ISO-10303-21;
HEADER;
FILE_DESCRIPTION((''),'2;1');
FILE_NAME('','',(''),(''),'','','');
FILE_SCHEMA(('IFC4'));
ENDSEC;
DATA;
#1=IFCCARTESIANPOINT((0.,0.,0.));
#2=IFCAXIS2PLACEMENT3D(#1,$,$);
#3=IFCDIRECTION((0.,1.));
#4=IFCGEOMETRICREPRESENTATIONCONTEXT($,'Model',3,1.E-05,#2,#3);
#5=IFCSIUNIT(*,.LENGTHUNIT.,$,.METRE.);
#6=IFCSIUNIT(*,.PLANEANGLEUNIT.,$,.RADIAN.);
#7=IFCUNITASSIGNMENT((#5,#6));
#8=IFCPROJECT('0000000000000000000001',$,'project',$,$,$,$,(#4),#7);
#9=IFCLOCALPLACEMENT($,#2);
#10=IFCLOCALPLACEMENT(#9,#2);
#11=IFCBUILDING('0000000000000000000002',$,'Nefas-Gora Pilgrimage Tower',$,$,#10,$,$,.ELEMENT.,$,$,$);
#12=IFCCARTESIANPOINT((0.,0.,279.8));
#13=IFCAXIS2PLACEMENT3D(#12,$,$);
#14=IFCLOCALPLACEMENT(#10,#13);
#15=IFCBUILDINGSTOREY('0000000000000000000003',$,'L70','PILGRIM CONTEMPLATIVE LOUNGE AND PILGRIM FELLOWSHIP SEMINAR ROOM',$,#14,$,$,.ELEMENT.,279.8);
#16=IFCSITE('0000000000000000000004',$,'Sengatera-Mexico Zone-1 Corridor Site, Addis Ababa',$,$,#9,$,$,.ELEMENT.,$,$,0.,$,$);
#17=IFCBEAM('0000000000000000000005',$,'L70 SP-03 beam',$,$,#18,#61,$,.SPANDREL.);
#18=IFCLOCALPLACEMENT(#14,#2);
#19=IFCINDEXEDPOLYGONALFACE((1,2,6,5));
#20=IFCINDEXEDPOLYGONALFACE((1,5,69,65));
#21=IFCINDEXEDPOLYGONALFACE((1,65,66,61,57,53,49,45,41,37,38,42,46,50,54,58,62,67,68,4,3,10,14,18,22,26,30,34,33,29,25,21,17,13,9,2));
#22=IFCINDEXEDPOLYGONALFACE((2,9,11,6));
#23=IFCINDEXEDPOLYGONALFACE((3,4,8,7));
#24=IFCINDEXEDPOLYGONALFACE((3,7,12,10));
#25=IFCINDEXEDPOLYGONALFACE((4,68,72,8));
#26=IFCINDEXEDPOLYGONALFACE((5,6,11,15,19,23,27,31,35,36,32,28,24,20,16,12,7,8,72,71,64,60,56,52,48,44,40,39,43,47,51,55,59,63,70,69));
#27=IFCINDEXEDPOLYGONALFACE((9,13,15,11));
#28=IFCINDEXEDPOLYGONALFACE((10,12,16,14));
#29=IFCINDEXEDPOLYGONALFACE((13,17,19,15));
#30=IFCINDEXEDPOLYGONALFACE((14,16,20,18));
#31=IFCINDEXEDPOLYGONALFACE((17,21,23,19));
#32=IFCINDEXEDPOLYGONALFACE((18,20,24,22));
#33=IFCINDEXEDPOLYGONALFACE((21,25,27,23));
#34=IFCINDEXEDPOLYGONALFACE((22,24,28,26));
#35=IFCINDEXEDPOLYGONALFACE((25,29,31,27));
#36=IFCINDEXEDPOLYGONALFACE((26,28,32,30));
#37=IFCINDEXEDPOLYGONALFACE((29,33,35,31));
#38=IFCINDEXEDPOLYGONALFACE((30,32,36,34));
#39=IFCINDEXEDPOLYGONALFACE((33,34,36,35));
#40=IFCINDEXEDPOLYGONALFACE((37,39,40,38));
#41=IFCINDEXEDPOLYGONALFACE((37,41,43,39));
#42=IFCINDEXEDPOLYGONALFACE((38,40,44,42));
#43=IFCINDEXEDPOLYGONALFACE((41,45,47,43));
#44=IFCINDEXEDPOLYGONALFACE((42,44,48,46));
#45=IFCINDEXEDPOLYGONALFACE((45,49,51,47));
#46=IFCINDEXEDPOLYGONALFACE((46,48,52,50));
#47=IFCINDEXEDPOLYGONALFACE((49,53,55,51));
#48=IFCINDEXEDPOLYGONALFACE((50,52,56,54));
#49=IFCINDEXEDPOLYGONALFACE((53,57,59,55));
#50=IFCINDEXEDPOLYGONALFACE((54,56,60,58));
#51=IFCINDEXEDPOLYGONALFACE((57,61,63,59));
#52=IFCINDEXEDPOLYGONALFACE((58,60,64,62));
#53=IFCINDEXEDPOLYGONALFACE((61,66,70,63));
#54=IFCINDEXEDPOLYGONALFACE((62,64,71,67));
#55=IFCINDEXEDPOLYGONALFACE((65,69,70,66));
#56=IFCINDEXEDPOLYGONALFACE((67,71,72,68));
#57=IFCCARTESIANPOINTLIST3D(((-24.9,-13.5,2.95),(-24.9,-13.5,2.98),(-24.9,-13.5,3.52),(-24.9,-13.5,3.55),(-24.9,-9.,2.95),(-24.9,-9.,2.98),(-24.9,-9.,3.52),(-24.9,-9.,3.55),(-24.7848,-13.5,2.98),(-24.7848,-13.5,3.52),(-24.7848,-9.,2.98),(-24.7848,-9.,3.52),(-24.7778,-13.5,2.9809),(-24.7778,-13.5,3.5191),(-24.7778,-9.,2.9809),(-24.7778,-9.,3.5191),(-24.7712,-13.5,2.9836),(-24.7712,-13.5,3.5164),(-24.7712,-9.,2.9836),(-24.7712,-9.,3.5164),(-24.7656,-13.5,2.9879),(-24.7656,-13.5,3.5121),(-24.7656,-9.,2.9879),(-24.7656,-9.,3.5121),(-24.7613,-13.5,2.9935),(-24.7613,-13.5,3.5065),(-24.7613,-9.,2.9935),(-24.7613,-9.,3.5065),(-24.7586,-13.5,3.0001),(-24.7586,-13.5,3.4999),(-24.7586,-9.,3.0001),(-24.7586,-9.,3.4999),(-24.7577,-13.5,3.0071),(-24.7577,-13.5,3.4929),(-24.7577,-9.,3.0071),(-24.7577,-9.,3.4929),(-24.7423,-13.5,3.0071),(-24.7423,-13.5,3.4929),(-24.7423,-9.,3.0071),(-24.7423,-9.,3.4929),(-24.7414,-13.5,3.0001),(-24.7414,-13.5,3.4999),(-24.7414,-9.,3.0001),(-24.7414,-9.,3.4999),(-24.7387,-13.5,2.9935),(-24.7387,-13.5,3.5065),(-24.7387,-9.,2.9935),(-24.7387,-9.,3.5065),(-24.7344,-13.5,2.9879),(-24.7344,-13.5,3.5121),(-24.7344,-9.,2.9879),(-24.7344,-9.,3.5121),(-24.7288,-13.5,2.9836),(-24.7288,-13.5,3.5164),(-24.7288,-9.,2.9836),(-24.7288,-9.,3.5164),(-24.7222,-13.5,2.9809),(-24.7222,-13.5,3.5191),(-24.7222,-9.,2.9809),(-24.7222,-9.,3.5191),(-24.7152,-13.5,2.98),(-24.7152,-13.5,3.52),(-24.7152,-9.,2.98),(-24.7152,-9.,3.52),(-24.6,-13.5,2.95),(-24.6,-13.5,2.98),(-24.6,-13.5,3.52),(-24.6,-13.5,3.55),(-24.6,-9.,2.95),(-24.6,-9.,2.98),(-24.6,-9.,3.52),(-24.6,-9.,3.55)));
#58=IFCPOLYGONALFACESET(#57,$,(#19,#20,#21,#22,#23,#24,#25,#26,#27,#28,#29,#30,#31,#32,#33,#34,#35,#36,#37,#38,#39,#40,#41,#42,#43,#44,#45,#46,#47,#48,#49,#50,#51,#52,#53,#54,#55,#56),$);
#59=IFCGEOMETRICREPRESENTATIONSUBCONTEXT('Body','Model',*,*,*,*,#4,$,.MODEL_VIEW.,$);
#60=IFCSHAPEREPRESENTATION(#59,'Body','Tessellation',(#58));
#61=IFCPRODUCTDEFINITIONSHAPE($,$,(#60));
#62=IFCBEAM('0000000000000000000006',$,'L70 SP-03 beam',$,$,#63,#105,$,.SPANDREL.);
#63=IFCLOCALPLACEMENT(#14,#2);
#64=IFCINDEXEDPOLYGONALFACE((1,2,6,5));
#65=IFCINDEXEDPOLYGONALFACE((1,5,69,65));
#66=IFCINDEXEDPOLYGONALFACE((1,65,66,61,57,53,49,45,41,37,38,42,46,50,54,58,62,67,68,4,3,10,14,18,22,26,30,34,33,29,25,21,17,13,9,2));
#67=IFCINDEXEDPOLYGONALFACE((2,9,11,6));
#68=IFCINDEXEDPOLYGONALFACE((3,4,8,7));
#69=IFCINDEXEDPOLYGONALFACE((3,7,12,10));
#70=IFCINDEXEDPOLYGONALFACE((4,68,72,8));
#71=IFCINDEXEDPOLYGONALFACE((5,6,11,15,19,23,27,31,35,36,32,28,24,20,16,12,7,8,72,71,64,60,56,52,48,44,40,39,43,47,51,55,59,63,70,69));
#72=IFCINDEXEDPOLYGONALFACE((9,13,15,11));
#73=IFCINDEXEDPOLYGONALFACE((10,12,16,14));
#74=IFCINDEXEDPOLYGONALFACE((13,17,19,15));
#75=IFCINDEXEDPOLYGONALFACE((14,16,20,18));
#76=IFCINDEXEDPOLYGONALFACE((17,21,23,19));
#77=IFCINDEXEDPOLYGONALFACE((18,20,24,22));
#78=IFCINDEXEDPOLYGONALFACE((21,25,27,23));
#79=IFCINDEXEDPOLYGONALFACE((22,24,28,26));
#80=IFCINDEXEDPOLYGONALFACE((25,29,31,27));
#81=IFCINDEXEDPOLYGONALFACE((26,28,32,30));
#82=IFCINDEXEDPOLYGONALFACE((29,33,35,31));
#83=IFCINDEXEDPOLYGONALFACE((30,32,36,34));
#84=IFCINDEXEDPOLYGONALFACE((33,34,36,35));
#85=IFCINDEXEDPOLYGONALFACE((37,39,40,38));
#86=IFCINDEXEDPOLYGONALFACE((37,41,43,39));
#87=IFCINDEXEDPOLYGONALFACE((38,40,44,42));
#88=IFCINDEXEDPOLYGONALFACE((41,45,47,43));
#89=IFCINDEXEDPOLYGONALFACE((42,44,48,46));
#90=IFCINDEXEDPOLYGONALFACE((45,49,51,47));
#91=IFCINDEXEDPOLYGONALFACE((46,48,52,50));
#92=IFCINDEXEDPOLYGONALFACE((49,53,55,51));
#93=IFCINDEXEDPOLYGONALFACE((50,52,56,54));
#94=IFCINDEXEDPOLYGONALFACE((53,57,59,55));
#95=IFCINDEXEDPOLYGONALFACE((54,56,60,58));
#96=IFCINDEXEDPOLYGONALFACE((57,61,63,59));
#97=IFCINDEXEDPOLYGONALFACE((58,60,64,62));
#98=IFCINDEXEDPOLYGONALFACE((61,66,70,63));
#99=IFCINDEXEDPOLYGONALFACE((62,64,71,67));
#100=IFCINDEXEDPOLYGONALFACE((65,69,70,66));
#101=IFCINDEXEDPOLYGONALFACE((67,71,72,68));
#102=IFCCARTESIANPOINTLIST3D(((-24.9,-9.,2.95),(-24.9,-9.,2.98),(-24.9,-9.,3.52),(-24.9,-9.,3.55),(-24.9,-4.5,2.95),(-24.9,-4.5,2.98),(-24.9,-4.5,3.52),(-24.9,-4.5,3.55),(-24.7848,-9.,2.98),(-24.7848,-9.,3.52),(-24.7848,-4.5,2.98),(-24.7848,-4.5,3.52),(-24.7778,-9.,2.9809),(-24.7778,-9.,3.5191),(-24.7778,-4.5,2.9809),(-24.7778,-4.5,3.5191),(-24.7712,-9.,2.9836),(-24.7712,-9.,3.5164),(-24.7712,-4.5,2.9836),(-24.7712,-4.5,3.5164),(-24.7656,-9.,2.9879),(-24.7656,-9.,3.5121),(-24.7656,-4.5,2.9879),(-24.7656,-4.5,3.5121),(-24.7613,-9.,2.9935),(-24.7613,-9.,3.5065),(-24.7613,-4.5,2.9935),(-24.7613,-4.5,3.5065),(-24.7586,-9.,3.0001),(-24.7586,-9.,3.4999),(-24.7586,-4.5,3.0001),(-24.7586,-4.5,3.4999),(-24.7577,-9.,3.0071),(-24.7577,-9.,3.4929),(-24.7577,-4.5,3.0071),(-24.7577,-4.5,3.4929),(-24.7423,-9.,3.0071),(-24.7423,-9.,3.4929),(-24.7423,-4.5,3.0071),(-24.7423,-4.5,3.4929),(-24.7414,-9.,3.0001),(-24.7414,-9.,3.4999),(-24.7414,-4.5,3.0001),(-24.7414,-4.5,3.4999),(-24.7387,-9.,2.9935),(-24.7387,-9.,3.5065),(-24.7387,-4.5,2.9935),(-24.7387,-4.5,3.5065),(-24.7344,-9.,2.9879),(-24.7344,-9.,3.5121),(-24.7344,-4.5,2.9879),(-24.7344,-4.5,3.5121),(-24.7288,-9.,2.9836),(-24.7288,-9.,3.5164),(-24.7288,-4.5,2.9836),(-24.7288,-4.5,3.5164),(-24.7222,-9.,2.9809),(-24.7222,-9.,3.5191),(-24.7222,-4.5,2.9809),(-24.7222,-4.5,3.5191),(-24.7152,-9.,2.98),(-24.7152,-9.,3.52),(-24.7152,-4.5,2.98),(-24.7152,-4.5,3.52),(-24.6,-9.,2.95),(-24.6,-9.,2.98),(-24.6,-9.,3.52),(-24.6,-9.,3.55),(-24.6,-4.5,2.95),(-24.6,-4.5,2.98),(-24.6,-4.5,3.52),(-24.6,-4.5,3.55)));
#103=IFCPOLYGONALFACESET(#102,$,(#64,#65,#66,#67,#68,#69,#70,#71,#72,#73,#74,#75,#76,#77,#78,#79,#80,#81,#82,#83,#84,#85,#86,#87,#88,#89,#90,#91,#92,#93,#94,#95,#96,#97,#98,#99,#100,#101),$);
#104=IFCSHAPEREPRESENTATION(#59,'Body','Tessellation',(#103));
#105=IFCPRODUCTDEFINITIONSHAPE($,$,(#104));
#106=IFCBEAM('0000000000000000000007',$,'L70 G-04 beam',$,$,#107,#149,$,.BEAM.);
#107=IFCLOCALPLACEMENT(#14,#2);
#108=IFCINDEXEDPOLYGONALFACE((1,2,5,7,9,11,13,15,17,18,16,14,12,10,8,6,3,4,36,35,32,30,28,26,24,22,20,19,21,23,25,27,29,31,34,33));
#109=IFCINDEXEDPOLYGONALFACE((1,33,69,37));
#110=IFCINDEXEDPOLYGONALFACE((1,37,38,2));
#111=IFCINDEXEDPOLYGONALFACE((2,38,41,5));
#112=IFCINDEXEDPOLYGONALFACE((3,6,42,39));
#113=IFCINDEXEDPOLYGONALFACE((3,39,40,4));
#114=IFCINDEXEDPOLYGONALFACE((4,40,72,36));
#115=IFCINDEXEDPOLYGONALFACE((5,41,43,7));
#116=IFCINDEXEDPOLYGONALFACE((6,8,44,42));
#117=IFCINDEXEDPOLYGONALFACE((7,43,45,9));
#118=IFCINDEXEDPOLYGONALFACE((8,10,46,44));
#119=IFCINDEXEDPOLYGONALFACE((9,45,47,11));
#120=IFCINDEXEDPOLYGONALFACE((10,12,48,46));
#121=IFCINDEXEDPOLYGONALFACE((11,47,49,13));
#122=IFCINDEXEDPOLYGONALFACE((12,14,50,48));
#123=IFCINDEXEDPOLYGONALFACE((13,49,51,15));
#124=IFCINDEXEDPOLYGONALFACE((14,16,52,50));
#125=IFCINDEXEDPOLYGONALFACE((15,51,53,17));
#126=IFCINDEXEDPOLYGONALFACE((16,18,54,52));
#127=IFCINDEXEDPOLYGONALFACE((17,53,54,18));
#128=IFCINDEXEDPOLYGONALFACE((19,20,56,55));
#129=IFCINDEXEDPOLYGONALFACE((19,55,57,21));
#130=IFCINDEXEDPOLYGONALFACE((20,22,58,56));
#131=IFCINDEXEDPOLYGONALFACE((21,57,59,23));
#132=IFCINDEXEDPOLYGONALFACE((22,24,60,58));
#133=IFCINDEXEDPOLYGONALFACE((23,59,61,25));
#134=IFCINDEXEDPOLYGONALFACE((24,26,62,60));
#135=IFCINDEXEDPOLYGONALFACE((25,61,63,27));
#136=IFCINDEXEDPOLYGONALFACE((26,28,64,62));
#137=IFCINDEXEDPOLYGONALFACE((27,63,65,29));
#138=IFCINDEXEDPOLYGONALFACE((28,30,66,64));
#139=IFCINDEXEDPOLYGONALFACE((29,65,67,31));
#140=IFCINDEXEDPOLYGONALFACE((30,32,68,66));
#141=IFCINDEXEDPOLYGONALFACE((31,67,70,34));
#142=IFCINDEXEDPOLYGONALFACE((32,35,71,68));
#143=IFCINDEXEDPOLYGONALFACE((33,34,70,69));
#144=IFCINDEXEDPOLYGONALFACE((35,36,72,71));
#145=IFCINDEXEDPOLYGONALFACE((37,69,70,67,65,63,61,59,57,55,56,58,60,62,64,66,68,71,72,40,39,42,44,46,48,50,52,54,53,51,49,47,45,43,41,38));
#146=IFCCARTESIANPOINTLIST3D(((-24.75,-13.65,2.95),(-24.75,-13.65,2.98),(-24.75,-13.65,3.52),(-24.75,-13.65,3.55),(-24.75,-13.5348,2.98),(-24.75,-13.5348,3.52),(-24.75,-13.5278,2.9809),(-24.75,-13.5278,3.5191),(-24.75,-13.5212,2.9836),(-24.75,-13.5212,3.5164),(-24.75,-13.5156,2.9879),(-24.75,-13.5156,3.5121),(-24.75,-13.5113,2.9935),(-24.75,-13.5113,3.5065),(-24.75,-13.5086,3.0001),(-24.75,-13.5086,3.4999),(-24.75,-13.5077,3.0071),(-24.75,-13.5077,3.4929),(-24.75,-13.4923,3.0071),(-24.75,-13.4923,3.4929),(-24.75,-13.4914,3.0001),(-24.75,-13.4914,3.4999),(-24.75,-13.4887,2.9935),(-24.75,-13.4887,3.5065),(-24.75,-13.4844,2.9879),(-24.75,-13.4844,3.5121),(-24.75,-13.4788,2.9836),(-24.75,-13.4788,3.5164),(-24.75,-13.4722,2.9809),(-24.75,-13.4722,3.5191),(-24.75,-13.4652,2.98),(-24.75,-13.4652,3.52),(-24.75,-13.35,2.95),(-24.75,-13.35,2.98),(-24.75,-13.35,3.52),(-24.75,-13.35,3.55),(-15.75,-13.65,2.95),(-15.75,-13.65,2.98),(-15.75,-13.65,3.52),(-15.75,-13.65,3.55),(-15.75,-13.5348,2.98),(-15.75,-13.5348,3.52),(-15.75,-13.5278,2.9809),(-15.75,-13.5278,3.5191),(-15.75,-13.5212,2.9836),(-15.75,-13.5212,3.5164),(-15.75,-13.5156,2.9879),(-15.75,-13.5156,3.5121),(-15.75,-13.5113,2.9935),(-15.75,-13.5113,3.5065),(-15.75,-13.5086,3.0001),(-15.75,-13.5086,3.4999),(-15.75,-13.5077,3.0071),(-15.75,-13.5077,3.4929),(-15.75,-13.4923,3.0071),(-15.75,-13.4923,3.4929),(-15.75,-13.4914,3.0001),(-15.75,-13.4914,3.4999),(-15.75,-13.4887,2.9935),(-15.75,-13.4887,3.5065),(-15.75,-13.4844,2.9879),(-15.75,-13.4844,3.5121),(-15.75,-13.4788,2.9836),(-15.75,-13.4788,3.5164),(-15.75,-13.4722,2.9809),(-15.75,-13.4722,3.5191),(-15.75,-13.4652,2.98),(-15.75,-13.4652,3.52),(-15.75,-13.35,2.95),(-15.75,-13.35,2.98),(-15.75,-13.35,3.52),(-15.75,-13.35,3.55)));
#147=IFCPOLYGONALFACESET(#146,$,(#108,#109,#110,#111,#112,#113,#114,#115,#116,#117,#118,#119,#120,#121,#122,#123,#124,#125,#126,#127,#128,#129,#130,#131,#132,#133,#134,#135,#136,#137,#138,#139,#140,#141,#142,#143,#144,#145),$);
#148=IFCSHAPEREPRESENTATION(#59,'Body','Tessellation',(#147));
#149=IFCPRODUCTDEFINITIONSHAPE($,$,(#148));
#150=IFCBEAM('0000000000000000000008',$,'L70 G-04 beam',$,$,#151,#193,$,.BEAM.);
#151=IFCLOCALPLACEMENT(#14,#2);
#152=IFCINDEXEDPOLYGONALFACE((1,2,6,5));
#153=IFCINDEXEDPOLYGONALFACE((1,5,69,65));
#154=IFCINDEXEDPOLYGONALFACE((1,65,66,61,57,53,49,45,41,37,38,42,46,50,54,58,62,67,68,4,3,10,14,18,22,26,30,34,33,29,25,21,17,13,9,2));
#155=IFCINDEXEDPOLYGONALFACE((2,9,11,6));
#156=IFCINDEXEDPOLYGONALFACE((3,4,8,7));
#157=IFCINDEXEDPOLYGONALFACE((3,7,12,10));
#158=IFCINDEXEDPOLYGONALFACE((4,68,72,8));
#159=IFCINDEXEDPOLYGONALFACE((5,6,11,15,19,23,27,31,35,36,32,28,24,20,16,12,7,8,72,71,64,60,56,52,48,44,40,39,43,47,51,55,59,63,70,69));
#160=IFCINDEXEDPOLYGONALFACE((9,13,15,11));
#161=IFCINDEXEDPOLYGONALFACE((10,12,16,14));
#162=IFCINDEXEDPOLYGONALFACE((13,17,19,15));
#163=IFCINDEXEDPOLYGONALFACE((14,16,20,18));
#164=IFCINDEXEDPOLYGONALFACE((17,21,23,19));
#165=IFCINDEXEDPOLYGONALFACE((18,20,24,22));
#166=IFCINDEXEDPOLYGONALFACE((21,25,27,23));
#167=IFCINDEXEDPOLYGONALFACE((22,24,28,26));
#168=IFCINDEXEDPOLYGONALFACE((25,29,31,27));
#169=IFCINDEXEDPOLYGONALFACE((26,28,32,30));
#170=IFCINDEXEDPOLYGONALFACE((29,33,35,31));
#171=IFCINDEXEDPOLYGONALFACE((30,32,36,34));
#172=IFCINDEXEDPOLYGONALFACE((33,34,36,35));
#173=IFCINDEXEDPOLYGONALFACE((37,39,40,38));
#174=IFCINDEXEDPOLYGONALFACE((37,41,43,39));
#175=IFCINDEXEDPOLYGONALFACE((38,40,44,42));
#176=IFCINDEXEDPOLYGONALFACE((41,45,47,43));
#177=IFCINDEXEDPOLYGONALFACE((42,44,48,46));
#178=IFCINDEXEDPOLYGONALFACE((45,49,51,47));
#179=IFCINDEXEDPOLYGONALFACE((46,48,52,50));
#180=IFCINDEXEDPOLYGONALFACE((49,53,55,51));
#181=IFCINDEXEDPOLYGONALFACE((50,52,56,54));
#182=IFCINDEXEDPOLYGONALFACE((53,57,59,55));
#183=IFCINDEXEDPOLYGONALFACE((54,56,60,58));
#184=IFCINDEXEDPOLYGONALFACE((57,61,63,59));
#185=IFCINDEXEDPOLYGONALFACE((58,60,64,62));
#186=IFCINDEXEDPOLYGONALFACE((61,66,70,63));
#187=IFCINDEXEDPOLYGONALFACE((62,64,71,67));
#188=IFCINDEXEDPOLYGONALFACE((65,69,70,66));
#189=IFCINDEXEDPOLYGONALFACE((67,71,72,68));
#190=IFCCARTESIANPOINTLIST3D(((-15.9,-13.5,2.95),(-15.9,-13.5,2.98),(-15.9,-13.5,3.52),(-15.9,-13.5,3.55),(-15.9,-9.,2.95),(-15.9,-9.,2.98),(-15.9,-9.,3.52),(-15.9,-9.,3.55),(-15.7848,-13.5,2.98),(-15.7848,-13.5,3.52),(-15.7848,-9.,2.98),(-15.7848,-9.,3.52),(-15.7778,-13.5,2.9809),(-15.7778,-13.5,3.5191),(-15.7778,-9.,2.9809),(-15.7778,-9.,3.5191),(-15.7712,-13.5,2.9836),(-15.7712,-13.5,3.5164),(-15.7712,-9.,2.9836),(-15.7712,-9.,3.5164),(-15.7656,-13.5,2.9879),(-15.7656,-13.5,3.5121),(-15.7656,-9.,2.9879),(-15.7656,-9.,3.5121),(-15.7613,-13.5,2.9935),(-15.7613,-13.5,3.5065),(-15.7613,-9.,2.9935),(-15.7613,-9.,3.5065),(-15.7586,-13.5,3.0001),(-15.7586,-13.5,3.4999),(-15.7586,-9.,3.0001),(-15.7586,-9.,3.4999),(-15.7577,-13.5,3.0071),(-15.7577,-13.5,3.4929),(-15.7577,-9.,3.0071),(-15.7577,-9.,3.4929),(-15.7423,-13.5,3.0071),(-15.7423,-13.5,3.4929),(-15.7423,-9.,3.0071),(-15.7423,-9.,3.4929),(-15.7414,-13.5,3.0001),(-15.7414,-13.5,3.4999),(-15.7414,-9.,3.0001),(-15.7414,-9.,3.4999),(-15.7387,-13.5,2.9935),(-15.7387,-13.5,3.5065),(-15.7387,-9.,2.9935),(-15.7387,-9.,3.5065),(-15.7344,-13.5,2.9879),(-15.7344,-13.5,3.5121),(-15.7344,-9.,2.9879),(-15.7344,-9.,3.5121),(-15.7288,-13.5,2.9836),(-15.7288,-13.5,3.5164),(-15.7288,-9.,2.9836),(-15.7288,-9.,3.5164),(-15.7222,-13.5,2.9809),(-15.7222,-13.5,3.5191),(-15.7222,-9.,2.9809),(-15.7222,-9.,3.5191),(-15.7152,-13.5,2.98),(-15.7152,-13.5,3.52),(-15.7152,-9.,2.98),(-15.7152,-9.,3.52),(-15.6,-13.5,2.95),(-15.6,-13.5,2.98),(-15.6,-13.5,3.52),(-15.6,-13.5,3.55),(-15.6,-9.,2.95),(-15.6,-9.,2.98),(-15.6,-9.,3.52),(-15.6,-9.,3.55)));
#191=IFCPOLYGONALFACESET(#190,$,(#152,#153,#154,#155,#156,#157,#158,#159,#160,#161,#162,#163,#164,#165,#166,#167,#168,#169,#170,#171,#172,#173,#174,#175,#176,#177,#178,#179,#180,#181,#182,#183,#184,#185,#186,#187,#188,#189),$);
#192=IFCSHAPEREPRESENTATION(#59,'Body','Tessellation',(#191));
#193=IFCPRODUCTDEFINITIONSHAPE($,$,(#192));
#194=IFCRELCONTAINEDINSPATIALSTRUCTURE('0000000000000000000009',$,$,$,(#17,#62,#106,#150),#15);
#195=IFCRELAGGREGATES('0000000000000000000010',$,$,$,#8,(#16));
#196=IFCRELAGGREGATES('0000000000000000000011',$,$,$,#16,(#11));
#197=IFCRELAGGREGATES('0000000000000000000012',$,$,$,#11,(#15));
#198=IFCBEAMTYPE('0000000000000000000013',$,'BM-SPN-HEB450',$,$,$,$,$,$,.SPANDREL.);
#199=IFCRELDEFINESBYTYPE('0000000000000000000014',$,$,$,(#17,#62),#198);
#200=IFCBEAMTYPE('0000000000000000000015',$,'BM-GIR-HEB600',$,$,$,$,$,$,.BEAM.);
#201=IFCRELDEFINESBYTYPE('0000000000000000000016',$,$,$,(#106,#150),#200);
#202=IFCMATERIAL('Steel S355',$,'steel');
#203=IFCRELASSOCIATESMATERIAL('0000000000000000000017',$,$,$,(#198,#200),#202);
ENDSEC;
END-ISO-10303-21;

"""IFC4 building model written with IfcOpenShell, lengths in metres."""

from ifc_helpers import new_model, si_unit, direction, frame, origin, origin_2d, place, context, subcontext, project, spatial, i_section, extrude, source, transform, mapped, material, material_profile, profile_set, type_object, element, save


model = new_model("IFC4")

# Units and contexts
model_context = context("Model", 3, precision=1e-05, world=origin(), true_north=direction((0.0, 1.0)))
body_context = subcontext(model_context, "Body", "Model", "MODEL_VIEW")
ifc_project = project(units=[si_unit("LENGTHUNIT", "METRE"), si_unit("PLANEANGLEUNIT", "RADIAN")], contexts=[model_context])

# Site, building, storey
site_placement = place(None, origin())
site = spatial("IfcSite", under=ifc_project, at=site_placement, Name="Sengatera-Mexico Zone-1 Corridor Site, Addis Ababa", CompositionType="ELEMENT", RefElevation=0.0)
building_placement = place(site_placement, origin())
building = spatial("IfcBuilding", under=site, at=building_placement, Name="Nefas-Gora Pilgrimage Tower", CompositionType="ELEMENT")
storey_placement = place(building_placement, frame((0.0, 0.0, 279.8)))
storey = spatial("IfcBuildingStorey", under=building, at=storey_placement, Name="L70", Description="PILGRIM CONTEMPLATIVE LOUNGE AND PILGRIM FELLOWSHIP SEMINAR ROOM", CompositionType="ELEMENT", Elevation=279.8)

# Shared definitions
ifc_material_1 = material(Name="Steel S355", Category="steel")

# Beams
ifc_material_profile_1 = material_profile(ifc_material_1, i_section(OverallWidth=0.3, OverallDepth=0.6001, WebThickness=0.0154, FlangeThickness=0.03, FilletRadius=0.0271, at=origin_2d()), Name="HEB 600")
ifc_profile_set_1 = profile_set([ifc_material_profile_1], Name="Steel S355")
beam_type_1 = type_object("IfcBeamType", Name="BM-SPN-HEB450", PredefinedType="SPANDREL", material=ifc_profile_set_1)
shared_shape_1 = source(origin(), body_context, "Body", "SweptSolid", [
    extrude(i_section(OverallWidth=0.3, OverallDepth=0.6001, WebThickness=0.0154, FlangeThickness=0.03, FilletRadius=0.0271, at=origin_2d()), origin(), (0.0, 0.0, 1.0), 4.5),
])
for number, where, z_axis, x_axis, name in (
    (1, (-24.75, -13.5, 3.25), (0.0, 1.0, 0.0), (-1.0, 0.0, 0.0), "L70 SP-03 beam"),
    (2, (-24.75, -9.0, 3.25), (0.0, 1.0, 0.0), (-1.0, 0.0, 0.0), "L70 SP-03 beam"),
):
    element("IfcBeam", number, at=place(storey_placement, frame(where, z_axis=z_axis, x_axis=x_axis)), inside=storey, type_object=beam_type_1, Name=name, PredefinedType="SPANDREL", context=body_context, shape_type="MappedRepresentation", body=[
        mapped(shared_shape_1, transform((0.0, 0.0, 0.0), x_axis=(1.0, 0.0, 0.0), y_axis=(0.0, 1.0, 0.0), z_axis=(0.0, 0.0, 1.0), scale=1.0)),
    ])
ifc_material_profile_2 = material_profile(ifc_material_1, i_section(OverallWidth=0.3, OverallDepth=0.6001, WebThickness=0.0154, FlangeThickness=0.03, FilletRadius=0.0271, at=origin_2d()), Name="HEB 600")
ifc_profile_set_2 = profile_set([ifc_material_profile_2], Name="Steel S355")
beam_type_2 = type_object("IfcBeamType", Name="BM-GIR-HEB600", PredefinedType="BEAM", material=ifc_profile_set_2)
shared_shape_2 = source(origin(), body_context, "Body", "SweptSolid", [
    extrude(i_section(OverallWidth=0.3, OverallDepth=0.6001, WebThickness=0.0154, FlangeThickness=0.03, FilletRadius=0.0271, at=origin_2d()), origin(), (0.0, 0.0, 1.0), 9.0),
])
beam_1_placement = place(storey_placement, frame((-24.75, -13.5, 3.25), z_axis=(1.0, 0.0, 0.0), x_axis=(0.0, 1.0, 0.0)))
element("IfcBeam", 3, at=beam_1_placement, inside=storey, type_object=beam_type_2, Name="L70 G-04 beam", PredefinedType="BEAM", context=body_context, shape_type="MappedRepresentation", body=[
    mapped(shared_shape_2, transform((0.0, 0.0, 0.0), x_axis=(1.0, 0.0, 0.0), y_axis=(0.0, 1.0, 0.0), z_axis=(0.0, 0.0, 1.0), scale=1.0)),
])
shared_shape_3 = source(origin(), body_context, "Body", "SweptSolid", [
    extrude(i_section(OverallWidth=0.3, OverallDepth=0.6001, WebThickness=0.0154, FlangeThickness=0.03, FilletRadius=0.0271, at=origin_2d()), origin(), (0.0, 0.0, 1.0), 4.5),
])
beam_2_placement = place(storey_placement, frame((-15.75, -13.5, 3.25), z_axis=(0.0, 1.0, 0.0), x_axis=(-1.0, 0.0, 0.0)))
element("IfcBeam", 4, at=beam_2_placement, inside=storey, type_object=beam_type_2, Name="L70 G-04 beam", PredefinedType="BEAM", context=body_context, shape_type="MappedRepresentation", body=[
    mapped(shared_shape_3, transform((0.0, 0.0, 0.0), x_axis=(1.0, 0.0, 0.0), y_axis=(0.0, 1.0, 0.0), z_axis=(0.0, 0.0, 1.0), scale=1.0)),
])

save(model, "model.ifc")
